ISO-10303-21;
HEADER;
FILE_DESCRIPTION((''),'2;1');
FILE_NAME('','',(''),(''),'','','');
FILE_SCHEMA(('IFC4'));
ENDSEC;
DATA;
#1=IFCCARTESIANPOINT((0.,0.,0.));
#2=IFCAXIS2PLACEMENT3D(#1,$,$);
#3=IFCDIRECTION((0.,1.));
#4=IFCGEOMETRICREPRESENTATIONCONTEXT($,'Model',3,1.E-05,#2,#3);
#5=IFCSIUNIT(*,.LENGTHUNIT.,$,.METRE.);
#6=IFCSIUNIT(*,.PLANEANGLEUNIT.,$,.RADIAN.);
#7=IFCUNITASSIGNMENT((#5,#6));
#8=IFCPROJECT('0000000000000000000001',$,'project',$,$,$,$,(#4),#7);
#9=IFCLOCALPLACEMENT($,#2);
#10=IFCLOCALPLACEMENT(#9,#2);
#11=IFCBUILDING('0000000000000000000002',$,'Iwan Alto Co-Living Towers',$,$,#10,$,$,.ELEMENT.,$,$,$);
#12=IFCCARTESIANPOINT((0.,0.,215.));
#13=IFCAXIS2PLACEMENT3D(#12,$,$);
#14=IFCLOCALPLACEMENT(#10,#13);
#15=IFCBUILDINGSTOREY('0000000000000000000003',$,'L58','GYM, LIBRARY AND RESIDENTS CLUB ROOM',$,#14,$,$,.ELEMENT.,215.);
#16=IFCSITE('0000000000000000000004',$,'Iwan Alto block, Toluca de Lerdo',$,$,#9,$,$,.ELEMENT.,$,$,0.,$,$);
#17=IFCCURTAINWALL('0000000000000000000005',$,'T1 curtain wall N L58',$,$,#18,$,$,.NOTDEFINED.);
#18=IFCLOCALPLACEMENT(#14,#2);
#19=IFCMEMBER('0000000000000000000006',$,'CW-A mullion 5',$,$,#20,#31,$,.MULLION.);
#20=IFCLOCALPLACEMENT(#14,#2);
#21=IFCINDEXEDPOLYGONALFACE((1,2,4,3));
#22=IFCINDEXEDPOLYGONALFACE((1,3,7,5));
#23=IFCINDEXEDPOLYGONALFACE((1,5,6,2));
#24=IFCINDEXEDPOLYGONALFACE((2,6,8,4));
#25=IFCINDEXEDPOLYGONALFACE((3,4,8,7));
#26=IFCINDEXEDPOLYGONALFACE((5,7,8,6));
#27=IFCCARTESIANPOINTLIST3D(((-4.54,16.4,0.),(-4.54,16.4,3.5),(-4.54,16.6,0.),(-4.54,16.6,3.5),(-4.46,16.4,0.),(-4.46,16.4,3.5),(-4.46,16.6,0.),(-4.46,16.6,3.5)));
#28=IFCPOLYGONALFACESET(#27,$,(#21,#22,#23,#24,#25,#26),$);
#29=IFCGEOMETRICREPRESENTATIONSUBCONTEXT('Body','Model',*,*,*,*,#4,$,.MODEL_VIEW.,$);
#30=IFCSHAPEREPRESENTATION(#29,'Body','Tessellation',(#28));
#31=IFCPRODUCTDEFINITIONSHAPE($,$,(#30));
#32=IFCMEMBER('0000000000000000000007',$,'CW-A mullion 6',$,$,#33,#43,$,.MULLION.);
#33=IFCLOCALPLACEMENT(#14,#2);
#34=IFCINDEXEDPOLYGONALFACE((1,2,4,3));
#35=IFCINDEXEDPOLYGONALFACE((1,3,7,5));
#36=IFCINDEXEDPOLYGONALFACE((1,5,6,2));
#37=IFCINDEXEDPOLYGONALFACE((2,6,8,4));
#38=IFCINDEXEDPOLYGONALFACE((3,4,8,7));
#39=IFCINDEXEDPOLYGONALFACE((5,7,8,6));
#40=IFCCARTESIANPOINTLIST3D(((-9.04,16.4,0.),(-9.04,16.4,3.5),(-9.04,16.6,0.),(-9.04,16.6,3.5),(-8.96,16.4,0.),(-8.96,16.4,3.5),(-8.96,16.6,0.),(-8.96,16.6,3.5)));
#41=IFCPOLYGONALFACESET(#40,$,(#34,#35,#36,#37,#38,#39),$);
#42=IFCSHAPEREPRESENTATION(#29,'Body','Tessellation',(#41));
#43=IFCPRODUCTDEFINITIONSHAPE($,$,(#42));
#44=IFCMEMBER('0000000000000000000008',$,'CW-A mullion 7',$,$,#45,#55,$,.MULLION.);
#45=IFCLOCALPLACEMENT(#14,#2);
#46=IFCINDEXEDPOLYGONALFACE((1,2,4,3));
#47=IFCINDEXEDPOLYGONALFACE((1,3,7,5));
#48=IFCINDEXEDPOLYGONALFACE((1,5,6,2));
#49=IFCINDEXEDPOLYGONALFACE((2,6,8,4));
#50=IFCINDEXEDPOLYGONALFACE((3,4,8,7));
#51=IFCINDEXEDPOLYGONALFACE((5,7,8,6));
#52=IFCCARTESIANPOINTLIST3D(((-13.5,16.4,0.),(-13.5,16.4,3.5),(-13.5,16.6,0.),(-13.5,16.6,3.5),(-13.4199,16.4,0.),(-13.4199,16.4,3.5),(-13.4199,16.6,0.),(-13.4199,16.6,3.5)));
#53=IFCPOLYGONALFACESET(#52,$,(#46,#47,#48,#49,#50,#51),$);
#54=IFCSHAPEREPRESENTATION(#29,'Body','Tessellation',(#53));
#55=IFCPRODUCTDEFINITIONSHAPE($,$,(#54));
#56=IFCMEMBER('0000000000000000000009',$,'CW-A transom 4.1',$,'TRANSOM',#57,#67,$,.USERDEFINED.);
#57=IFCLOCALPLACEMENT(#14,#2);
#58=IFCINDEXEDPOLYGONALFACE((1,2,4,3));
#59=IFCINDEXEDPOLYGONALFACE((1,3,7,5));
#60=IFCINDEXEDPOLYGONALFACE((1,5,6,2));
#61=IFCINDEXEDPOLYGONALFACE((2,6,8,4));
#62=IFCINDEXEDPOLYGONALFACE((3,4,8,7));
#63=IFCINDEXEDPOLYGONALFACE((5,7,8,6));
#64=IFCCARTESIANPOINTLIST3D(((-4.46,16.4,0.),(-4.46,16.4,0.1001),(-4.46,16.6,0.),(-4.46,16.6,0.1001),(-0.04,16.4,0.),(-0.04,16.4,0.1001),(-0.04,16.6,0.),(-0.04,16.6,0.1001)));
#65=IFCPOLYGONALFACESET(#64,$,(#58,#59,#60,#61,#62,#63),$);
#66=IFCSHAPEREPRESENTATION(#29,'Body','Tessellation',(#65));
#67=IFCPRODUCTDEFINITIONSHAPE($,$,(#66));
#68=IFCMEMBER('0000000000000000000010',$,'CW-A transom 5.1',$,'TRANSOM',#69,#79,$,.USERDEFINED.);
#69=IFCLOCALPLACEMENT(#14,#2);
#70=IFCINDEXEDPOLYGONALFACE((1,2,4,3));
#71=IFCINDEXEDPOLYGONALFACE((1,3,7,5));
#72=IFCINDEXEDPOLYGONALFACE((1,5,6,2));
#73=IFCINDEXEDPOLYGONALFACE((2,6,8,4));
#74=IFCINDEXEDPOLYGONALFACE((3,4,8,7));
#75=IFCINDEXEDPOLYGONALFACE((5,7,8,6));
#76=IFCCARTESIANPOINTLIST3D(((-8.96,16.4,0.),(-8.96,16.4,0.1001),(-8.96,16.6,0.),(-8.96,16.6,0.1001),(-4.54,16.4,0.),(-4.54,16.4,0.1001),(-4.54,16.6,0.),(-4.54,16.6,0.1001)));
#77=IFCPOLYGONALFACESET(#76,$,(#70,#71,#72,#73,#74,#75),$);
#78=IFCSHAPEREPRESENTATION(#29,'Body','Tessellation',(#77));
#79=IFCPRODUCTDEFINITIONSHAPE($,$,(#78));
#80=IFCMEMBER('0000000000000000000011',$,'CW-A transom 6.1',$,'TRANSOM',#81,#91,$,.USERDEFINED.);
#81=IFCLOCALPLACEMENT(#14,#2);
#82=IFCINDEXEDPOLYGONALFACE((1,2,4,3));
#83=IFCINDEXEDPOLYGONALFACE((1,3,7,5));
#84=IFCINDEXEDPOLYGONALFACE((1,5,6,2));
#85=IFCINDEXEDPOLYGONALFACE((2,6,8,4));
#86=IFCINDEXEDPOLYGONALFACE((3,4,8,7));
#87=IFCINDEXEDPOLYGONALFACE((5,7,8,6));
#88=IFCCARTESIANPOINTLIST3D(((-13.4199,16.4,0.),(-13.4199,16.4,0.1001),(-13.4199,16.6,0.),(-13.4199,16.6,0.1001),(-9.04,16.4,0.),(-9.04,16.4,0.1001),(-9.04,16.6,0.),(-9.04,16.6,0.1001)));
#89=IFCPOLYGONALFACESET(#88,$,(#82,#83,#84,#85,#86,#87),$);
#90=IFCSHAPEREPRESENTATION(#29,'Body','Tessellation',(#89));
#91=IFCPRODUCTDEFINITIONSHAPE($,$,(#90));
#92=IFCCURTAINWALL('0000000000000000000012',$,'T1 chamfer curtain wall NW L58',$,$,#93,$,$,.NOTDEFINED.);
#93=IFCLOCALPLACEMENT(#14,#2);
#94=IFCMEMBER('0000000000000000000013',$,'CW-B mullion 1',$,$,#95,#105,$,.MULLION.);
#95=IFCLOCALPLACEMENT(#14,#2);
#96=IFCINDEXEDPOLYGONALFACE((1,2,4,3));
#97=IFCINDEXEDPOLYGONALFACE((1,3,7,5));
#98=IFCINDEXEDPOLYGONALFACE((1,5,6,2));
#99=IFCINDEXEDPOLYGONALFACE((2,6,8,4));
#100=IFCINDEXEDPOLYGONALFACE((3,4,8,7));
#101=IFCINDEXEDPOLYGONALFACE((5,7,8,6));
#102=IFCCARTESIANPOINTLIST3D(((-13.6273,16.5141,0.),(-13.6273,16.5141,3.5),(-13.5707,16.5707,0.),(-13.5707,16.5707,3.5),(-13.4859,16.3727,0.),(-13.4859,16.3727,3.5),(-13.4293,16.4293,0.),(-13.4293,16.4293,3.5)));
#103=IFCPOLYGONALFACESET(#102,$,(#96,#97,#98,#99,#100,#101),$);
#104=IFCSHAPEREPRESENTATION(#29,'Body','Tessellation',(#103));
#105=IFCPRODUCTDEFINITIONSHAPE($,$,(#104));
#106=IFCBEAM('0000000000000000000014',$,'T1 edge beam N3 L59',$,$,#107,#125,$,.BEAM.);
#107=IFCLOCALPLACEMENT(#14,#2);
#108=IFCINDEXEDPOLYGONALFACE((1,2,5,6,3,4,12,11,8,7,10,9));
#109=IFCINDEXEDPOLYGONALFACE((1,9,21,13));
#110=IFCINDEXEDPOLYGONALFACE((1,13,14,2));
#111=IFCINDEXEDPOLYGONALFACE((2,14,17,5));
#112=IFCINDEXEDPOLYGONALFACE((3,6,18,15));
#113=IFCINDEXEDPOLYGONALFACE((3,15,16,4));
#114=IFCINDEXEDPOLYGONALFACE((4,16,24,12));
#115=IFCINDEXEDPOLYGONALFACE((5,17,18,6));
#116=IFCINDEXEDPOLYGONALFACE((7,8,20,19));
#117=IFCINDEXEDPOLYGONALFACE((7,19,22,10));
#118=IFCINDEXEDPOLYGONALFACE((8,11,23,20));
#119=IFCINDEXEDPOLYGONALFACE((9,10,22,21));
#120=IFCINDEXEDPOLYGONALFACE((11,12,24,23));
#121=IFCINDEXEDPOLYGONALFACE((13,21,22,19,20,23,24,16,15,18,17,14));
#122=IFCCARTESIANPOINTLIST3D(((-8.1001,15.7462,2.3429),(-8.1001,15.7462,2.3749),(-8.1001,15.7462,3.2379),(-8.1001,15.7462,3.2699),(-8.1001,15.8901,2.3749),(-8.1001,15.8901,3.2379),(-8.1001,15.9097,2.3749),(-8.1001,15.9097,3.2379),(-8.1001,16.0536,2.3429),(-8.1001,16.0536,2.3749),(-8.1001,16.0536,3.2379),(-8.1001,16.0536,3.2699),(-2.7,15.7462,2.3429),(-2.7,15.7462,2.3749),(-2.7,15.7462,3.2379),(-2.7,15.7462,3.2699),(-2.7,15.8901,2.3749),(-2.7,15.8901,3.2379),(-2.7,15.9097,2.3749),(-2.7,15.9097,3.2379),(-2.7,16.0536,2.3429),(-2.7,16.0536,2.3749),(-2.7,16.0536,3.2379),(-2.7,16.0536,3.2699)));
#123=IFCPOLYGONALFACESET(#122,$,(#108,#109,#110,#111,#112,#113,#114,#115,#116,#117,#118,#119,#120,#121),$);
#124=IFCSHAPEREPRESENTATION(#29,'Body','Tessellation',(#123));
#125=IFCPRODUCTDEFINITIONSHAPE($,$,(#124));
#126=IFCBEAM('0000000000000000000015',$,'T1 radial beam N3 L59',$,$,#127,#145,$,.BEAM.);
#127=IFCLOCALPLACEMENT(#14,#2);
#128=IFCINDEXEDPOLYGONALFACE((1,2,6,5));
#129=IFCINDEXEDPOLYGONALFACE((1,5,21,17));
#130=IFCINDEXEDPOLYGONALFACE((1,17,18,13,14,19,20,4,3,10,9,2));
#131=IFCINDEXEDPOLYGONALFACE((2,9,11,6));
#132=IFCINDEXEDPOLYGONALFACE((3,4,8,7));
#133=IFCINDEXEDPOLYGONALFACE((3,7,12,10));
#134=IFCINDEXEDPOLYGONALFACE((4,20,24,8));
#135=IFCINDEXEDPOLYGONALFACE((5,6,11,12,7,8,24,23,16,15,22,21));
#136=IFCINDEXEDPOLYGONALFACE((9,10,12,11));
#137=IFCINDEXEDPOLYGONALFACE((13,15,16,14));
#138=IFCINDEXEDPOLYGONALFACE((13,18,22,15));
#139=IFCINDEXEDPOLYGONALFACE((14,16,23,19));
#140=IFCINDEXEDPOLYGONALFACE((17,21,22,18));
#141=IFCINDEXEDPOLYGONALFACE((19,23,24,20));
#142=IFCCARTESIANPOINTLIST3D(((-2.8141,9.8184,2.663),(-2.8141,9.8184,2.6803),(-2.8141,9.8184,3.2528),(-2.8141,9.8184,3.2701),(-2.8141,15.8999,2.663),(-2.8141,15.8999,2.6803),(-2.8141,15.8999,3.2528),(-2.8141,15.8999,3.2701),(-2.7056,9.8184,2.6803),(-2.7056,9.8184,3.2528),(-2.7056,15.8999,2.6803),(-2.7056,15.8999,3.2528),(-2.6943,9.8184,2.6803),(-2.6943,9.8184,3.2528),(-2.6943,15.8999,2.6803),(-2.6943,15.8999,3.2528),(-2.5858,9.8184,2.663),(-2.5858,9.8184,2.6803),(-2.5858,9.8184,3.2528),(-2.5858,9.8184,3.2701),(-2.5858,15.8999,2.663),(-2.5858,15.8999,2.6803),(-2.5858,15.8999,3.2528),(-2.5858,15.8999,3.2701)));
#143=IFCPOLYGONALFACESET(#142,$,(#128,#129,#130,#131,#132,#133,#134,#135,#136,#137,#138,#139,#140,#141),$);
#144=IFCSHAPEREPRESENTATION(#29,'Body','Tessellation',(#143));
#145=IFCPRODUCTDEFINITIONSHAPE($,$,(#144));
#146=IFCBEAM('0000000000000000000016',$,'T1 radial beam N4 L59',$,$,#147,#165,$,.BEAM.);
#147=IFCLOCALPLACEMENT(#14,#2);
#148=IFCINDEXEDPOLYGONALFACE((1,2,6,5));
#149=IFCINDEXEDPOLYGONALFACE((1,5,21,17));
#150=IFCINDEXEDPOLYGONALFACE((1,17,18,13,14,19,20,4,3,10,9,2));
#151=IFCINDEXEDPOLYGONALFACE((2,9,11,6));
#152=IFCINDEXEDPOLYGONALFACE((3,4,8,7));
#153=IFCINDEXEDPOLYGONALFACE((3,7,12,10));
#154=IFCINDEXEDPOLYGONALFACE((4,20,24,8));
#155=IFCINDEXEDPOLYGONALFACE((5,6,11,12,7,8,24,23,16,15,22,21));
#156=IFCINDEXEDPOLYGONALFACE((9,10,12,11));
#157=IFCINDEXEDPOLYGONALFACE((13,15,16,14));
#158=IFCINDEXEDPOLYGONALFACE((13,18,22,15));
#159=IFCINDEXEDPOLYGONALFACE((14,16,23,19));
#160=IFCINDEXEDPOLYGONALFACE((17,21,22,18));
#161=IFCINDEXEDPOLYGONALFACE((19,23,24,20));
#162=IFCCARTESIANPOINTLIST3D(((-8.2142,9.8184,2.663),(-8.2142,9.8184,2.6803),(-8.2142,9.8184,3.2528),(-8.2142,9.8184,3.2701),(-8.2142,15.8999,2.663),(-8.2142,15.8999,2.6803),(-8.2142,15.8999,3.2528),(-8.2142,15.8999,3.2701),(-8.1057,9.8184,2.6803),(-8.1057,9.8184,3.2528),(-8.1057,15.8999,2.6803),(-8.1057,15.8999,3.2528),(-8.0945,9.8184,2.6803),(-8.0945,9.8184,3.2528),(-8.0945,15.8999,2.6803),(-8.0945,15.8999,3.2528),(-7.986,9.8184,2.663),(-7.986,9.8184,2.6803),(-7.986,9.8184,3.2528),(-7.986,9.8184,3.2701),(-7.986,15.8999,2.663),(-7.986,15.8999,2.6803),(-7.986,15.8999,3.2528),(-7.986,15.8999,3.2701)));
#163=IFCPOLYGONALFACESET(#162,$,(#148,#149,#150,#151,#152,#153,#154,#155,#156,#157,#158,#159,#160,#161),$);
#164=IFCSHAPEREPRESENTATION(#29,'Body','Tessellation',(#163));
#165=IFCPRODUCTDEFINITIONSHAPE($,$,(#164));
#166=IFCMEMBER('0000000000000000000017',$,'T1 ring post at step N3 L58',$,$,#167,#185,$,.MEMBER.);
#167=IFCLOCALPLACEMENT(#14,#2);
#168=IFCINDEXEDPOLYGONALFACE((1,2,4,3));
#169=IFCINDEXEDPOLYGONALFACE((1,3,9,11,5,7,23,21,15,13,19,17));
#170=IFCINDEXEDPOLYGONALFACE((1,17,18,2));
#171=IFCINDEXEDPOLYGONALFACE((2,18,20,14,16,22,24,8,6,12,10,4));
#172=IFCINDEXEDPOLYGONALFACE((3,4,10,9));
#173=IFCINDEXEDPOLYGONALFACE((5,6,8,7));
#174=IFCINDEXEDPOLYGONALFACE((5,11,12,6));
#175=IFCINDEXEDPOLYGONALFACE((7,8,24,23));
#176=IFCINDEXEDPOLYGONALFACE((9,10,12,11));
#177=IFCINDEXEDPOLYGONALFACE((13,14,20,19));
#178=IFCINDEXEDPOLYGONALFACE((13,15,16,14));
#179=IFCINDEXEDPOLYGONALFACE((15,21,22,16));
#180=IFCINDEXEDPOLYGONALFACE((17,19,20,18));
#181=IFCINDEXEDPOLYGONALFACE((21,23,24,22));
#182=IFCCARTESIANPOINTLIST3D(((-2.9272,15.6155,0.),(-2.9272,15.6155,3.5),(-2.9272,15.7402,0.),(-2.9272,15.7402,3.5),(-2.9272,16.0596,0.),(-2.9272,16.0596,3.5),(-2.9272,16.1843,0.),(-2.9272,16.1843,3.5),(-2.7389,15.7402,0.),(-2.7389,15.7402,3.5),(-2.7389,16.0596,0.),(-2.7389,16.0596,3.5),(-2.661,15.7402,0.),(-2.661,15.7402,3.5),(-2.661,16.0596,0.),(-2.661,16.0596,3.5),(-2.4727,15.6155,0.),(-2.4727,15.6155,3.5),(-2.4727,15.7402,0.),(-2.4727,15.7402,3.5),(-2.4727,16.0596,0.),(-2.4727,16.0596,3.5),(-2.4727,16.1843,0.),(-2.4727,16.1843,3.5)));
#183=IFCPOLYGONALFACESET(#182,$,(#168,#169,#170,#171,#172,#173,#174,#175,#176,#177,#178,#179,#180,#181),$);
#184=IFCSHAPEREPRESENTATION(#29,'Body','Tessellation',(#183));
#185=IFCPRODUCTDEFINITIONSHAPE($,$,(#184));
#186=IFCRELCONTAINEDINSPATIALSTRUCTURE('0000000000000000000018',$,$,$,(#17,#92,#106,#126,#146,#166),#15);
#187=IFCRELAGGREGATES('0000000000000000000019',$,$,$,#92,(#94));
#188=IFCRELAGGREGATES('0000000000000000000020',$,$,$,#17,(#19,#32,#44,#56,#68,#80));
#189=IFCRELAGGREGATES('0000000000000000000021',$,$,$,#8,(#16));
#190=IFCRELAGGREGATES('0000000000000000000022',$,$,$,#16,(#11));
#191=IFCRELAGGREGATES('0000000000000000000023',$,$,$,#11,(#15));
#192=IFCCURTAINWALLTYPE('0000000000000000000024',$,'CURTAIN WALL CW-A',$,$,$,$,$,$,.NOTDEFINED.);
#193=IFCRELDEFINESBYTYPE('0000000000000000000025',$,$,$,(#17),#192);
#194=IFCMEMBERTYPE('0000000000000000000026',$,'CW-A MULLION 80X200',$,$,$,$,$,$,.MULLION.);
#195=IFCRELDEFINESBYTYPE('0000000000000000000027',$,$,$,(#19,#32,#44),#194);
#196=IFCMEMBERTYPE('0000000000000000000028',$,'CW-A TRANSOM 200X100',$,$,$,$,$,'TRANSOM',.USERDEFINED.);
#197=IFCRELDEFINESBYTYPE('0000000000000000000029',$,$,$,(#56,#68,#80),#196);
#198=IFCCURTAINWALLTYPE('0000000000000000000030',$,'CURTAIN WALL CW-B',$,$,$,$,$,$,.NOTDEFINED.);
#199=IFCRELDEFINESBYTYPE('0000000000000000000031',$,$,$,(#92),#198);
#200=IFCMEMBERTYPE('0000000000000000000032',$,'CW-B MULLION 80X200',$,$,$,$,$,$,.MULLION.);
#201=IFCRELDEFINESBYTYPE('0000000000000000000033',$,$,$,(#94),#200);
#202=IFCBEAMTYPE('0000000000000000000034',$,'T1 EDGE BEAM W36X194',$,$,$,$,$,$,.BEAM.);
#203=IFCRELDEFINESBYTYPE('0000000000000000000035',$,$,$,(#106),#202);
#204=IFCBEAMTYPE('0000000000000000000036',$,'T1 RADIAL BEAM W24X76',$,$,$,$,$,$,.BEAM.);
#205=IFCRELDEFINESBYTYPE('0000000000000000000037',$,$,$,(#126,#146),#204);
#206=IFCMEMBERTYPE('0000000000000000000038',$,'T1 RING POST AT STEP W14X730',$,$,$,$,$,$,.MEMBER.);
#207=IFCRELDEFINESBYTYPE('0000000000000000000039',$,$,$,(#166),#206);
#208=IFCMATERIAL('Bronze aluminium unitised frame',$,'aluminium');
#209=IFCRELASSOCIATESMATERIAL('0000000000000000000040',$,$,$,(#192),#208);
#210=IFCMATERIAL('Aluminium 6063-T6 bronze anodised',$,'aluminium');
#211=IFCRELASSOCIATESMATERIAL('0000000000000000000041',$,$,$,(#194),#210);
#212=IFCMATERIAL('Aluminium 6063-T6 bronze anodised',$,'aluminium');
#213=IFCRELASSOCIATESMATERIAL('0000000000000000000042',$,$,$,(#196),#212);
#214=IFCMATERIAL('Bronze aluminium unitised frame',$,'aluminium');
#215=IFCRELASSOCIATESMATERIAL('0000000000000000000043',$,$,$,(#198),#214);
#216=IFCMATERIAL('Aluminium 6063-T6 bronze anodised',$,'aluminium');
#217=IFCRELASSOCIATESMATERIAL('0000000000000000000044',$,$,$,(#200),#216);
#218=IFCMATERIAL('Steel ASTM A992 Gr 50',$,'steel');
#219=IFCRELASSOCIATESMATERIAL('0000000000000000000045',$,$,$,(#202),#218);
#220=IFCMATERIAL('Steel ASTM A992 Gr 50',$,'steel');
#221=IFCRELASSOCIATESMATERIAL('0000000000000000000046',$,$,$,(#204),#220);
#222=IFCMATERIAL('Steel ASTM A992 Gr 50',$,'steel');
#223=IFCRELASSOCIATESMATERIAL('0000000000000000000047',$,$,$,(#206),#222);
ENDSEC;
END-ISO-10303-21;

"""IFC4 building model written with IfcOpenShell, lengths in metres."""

from ifc_helpers import new_model, si_unit, direction, frame, origin, origin_2d, place, context, subcontext, project, spatial, rectangle, i_section, extrude, material, material_profile, profile_set, type_object, element, aggregate, save


model = new_model("IFC4")

# Units and contexts
model_context = context("Model", 3, precision=1e-05, world=origin(), true_north=direction((0.0, 1.0)))
body_context = subcontext(model_context, "Body", "Model", "MODEL_VIEW")
ifc_project = project(units=[si_unit("LENGTHUNIT", "METRE"), si_unit("PLANEANGLEUNIT", "RADIAN")], contexts=[model_context])

# Site, building, storey
site_placement = place(None, origin())
site = spatial("IfcSite", under=ifc_project, at=site_placement, Name="Iwan Alto block, Toluca de Lerdo", CompositionType="ELEMENT", RefElevation=0.0)
building_placement = place(site_placement, origin())
building = spatial("IfcBuilding", under=site, at=building_placement, Name="Iwan Alto Co-Living Towers", CompositionType="ELEMENT")
storey_placement = place(building_placement, frame((0.0, 0.0, 215.0)))
storey = spatial("IfcBuildingStorey", under=building, at=storey_placement, Name="L58", Description="GYM, LIBRARY AND RESIDENTS CLUB ROOM", CompositionType="ELEMENT", Elevation=215.0)

# Curtain wall, members
ifc_material_1 = material(Name="Bronze aluminium unitised frame", Category="aluminium")
curtain_wall_type_1 = type_object("IfcCurtainWallType", Name="CURTAIN WALL CW-A", PredefinedType="NOTDEFINED", material=ifc_material_1)
curtain_wall_1_placement = place(storey_placement, origin())
curtain_wall_1 = element("IfcCurtainWall", 1, at=curtain_wall_1_placement, inside=storey, type_object=curtain_wall_type_1, Name="T1 curtain wall N L58", PredefinedType="NOTDEFINED")
ifc_material_2 = material(Name="Aluminium 6063-T6 bronze anodised", Category="aluminium")
ifc_material_profile_1 = material_profile(ifc_material_2, rectangle(XDim=0.2, YDim=0.0801, at=origin_2d()), Name="AL 80X200")
ifc_profile_set_1 = profile_set([ifc_material_profile_1], Name="Aluminium 6063-T6 bronze anodised")
member_type_1 = type_object("IfcMemberType", Name="CW-A MULLION 80X200", PredefinedType="MULLION", material=ifc_profile_set_1)
member_1_placement = place(storey_placement, frame((-4.5, 16.5, 0.0), z_axis=(0.0, 0.0, 1.0), x_axis=(0.0, -1.0, 0.0)))
member_1 = element("IfcMember", 2, at=member_1_placement, type_object=member_type_1, Name="CW-A mullion 5", PredefinedType="MULLION", context=body_context, shape_type="SweptSolid", body=[
    extrude(rectangle(XDim=0.2, YDim=0.0801, at=origin_2d()), origin(), (0.0, 0.0, 1.0), 3.5),
])
member_2_placement = place(storey_placement, frame((-9.0, 16.5, 0.0), z_axis=(0.0, 0.0, 1.0), x_axis=(0.0, -1.0, 0.0)))
member_2 = element("IfcMember", 3, at=member_2_placement, type_object=member_type_1, Name="CW-A mullion 6", PredefinedType="MULLION", context=body_context, shape_type="SweptSolid", body=[
    extrude(rectangle(XDim=0.2, YDim=0.0801, at=origin_2d()), origin(), (0.0, 0.0, 1.0), 3.5),
])
member_3_placement = place(storey_placement, frame((-13.46, 16.5, 0.0), z_axis=(0.0, 0.0, 1.0), x_axis=(0.0, -1.0, 0.0)))
member_3 = element("IfcMember", 4, at=member_3_placement, type_object=member_type_1, Name="CW-A mullion 7", PredefinedType="MULLION", context=body_context, shape_type="SweptSolid", body=[
    extrude(rectangle(XDim=0.2, YDim=0.0801, at=origin_2d()), origin(), (0.0, 0.0, 1.0), 3.5),
])
ifc_material_3 = material(Name="Aluminium 6063-T6 bronze anodised", Category="aluminium")
ifc_material_profile_2 = material_profile(ifc_material_3, rectangle(XDim=0.2, YDim=0.1001, at=origin_2d()), Name="AL 200X100")
ifc_profile_set_2 = profile_set([ifc_material_profile_2], Name="Aluminium 6063-T6 bronze anodised")
member_type_2 = type_object("IfcMemberType", Name="CW-A TRANSOM 200X100", ElementType="TRANSOM", PredefinedType="USERDEFINED", material=ifc_profile_set_2)
member_4_placement = place(storey_placement, frame((-0.04, 16.5, 0.05), z_axis=(-1.0, 0.0, 0.0), x_axis=(0.0, -1.0, 0.0)))
member_4 = element("IfcMember", 5, at=member_4_placement, type_object=member_type_2, Name="CW-A transom 4.1", ObjectType="TRANSOM", PredefinedType="USERDEFINED", context=body_context, shape_type="SweptSolid", body=[
    extrude(rectangle(XDim=0.2, YDim=0.1001, at=origin_2d()), origin(), (0.0, 0.0, 1.0), 4.4199),
])
member_5_placement = place(storey_placement, frame((-4.54, 16.5, 0.05), z_axis=(-1.0, 0.0, 0.0), x_axis=(0.0, -1.0, 0.0)))
member_5 = element("IfcMember", 6, at=member_5_placement, type_object=member_type_2, Name="CW-A transom 5.1", ObjectType="TRANSOM", PredefinedType="USERDEFINED", context=body_context, shape_type="SweptSolid", body=[
    extrude(rectangle(XDim=0.2, YDim=0.1001, at=origin_2d()), origin(), (0.0, 0.0, 1.0), 4.4199),
])
member_6_placement = place(storey_placement, frame((-9.04, 16.5, 0.05), z_axis=(-1.0, 0.0, 0.0), x_axis=(0.0, -1.0, 0.0)))
member_6 = element("IfcMember", 7, at=member_6_placement, type_object=member_type_2, Name="CW-A transom 6.1", ObjectType="TRANSOM", PredefinedType="USERDEFINED", context=body_context, shape_type="SweptSolid", body=[
    extrude(rectangle(XDim=0.2, YDim=0.1001, at=origin_2d()), origin(), (0.0, 0.0, 1.0), 4.3799),
])

# Curtain wall, member
ifc_material_4 = material(Name="Bronze aluminium unitised frame", Category="aluminium")
curtain_wall_type_2 = type_object("IfcCurtainWallType", Name="CURTAIN WALL CW-B", PredefinedType="NOTDEFINED", material=ifc_material_4)
curtain_wall_2_placement = place(storey_placement, origin())
curtain_wall_2 = element("IfcCurtainWall", 8, at=curtain_wall_2_placement, inside=storey, type_object=curtain_wall_type_2, Name="T1 chamfer curtain wall NW L58", PredefinedType="NOTDEFINED")
ifc_material_5 = material(Name="Aluminium 6063-T6 bronze anodised", Category="aluminium")
ifc_material_profile_3 = material_profile(ifc_material_5, rectangle(XDim=0.2, YDim=0.0801, at=origin_2d()), Name="AL 80X200")
ifc_profile_set_3 = profile_set([ifc_material_profile_3], Name="Aluminium 6063-T6 bronze anodised")
member_type_3 = type_object("IfcMemberType", Name="CW-B MULLION 80X200", PredefinedType="MULLION", material=ifc_profile_set_3)
member_7_placement = place(storey_placement, frame((-13.5283, 16.4717, 0.0), z_axis=(0.0, 0.0, 1.0), x_axis=(0.707107, -0.707107, 0.0)))
member_7 = element("IfcMember", 9, at=member_7_placement, type_object=member_type_3, Name="CW-B mullion 1", PredefinedType="MULLION", context=body_context, shape_type="SweptSolid", body=[
    extrude(rectangle(XDim=0.2, YDim=0.0801, at=origin_2d()), origin(), (0.0, 0.0, 1.0), 3.5),
])
aggregate(curtain_wall_2, [member_7])

# Beams
ifc_material_6 = material(Name="Steel ASTM A992 Gr 50", Category="steel")
ifc_material_profile_4 = material_profile(ifc_material_6, i_section(OverallWidth=0.3074, OverallDepth=0.927, WebThickness=0.0195, FlangeThickness=0.032, at=origin_2d()), Name="W36X194")
ifc_profile_set_4 = profile_set([ifc_material_profile_4], Name="Steel ASTM A992 Gr 50")
beam_type_1 = type_object("IfcBeamType", Name="T1 EDGE BEAM W36X194", PredefinedType="BEAM", material=ifc_profile_set_4)
beam_placement = place(storey_placement, frame((-2.7, 15.8999, 2.8064), z_axis=(-1.0, 0.0, 0.0), x_axis=(0.0, -1.0, 0.0)))
element("IfcBeam", 10, at=beam_placement, inside=storey, type_object=beam_type_1, Name="T1 edge beam N3 L59", PredefinedType="BEAM", context=body_context, shape_type="SweptSolid", body=[
    extrude(i_section(OverallWidth=0.3074, OverallDepth=0.927, WebThickness=0.0195, FlangeThickness=0.032, at=origin_2d()), origin(), (0.0, 0.0, 1.0), 5.4001),
])
ifc_material_7 = material(Name="Steel ASTM A992 Gr 50", Category="steel")
ifc_material_profile_5 = material_profile(ifc_material_7, i_section(OverallWidth=0.2283, OverallDepth=0.6072, WebThickness=0.0112, FlangeThickness=0.0173, at=origin_2d()), Name="W24X76")
ifc_profile_set_5 = profile_set([ifc_material_profile_5], Name="Steel ASTM A992 Gr 50")
beam_type_2 = type_object("IfcBeamType", Name="T1 RADIAL BEAM W24X76", PredefinedType="BEAM", material=ifc_profile_set_5)
for number, where, z_axis, x_axis, name in (
    (11, (-2.7, 15.8999, 2.9666), (0.0, -1.0, 0.0), (1.0, 0.0, 0.0), "T1 radial beam N3 L59"),
    (12, (-8.1001, 15.8999, 2.9666), (0.0, -1.0, 0.0), (1.0, 0.0, 0.0), "T1 radial beam N4 L59"),
):
    element("IfcBeam", number, at=place(storey_placement, frame(where, z_axis=z_axis, x_axis=x_axis)), inside=storey, type_object=beam_type_2, Name=name, PredefinedType="BEAM", context=body_context, shape_type="SweptSolid", body=[
        extrude(i_section(OverallWidth=0.2283, OverallDepth=0.6072, WebThickness=0.0112, FlangeThickness=0.0173, at=origin_2d()), origin(), (0.0, 0.0, 1.0), 6.0815),
    ])

# Member
ifc_material_8 = material(Name="Steel ASTM A992 Gr 50", Category="steel")
ifc_material_profile_6 = material_profile(ifc_material_8, i_section(OverallWidth=0.4546, OverallDepth=0.5688, WebThickness=0.0779, FlangeThickness=0.1248, at=origin_2d()), Name="W14X730")
ifc_profile_set_6 = profile_set([ifc_material_profile_6], Name="Steel ASTM A992 Gr 50")
member_type_4 = type_object("IfcMemberType", Name="T1 RING POST AT STEP W14X730", PredefinedType="MEMBER", material=ifc_profile_set_6)
member_8_placement = place(storey_placement, frame((-2.7, 15.8999, 0.0), z_axis=(0.0, 0.0, 1.0), x_axis=(1.0, 0.0, 0.0)))
element("IfcMember", 13, at=member_8_placement, inside=storey, type_object=member_type_4, Name="T1 ring post at step N3 L58", PredefinedType="MEMBER", context=body_context, shape_type="SweptSolid", body=[
    extrude(i_section(OverallWidth=0.4546, OverallDepth=0.5688, WebThickness=0.0779, FlangeThickness=0.1248, at=origin_2d()), origin(), (0.0, 0.0, 1.0), 3.5),
])

aggregate(curtain_wall_1, [member_1, member_2, member_3, member_4, member_5, member_6])

save(model, "model.ifc")
